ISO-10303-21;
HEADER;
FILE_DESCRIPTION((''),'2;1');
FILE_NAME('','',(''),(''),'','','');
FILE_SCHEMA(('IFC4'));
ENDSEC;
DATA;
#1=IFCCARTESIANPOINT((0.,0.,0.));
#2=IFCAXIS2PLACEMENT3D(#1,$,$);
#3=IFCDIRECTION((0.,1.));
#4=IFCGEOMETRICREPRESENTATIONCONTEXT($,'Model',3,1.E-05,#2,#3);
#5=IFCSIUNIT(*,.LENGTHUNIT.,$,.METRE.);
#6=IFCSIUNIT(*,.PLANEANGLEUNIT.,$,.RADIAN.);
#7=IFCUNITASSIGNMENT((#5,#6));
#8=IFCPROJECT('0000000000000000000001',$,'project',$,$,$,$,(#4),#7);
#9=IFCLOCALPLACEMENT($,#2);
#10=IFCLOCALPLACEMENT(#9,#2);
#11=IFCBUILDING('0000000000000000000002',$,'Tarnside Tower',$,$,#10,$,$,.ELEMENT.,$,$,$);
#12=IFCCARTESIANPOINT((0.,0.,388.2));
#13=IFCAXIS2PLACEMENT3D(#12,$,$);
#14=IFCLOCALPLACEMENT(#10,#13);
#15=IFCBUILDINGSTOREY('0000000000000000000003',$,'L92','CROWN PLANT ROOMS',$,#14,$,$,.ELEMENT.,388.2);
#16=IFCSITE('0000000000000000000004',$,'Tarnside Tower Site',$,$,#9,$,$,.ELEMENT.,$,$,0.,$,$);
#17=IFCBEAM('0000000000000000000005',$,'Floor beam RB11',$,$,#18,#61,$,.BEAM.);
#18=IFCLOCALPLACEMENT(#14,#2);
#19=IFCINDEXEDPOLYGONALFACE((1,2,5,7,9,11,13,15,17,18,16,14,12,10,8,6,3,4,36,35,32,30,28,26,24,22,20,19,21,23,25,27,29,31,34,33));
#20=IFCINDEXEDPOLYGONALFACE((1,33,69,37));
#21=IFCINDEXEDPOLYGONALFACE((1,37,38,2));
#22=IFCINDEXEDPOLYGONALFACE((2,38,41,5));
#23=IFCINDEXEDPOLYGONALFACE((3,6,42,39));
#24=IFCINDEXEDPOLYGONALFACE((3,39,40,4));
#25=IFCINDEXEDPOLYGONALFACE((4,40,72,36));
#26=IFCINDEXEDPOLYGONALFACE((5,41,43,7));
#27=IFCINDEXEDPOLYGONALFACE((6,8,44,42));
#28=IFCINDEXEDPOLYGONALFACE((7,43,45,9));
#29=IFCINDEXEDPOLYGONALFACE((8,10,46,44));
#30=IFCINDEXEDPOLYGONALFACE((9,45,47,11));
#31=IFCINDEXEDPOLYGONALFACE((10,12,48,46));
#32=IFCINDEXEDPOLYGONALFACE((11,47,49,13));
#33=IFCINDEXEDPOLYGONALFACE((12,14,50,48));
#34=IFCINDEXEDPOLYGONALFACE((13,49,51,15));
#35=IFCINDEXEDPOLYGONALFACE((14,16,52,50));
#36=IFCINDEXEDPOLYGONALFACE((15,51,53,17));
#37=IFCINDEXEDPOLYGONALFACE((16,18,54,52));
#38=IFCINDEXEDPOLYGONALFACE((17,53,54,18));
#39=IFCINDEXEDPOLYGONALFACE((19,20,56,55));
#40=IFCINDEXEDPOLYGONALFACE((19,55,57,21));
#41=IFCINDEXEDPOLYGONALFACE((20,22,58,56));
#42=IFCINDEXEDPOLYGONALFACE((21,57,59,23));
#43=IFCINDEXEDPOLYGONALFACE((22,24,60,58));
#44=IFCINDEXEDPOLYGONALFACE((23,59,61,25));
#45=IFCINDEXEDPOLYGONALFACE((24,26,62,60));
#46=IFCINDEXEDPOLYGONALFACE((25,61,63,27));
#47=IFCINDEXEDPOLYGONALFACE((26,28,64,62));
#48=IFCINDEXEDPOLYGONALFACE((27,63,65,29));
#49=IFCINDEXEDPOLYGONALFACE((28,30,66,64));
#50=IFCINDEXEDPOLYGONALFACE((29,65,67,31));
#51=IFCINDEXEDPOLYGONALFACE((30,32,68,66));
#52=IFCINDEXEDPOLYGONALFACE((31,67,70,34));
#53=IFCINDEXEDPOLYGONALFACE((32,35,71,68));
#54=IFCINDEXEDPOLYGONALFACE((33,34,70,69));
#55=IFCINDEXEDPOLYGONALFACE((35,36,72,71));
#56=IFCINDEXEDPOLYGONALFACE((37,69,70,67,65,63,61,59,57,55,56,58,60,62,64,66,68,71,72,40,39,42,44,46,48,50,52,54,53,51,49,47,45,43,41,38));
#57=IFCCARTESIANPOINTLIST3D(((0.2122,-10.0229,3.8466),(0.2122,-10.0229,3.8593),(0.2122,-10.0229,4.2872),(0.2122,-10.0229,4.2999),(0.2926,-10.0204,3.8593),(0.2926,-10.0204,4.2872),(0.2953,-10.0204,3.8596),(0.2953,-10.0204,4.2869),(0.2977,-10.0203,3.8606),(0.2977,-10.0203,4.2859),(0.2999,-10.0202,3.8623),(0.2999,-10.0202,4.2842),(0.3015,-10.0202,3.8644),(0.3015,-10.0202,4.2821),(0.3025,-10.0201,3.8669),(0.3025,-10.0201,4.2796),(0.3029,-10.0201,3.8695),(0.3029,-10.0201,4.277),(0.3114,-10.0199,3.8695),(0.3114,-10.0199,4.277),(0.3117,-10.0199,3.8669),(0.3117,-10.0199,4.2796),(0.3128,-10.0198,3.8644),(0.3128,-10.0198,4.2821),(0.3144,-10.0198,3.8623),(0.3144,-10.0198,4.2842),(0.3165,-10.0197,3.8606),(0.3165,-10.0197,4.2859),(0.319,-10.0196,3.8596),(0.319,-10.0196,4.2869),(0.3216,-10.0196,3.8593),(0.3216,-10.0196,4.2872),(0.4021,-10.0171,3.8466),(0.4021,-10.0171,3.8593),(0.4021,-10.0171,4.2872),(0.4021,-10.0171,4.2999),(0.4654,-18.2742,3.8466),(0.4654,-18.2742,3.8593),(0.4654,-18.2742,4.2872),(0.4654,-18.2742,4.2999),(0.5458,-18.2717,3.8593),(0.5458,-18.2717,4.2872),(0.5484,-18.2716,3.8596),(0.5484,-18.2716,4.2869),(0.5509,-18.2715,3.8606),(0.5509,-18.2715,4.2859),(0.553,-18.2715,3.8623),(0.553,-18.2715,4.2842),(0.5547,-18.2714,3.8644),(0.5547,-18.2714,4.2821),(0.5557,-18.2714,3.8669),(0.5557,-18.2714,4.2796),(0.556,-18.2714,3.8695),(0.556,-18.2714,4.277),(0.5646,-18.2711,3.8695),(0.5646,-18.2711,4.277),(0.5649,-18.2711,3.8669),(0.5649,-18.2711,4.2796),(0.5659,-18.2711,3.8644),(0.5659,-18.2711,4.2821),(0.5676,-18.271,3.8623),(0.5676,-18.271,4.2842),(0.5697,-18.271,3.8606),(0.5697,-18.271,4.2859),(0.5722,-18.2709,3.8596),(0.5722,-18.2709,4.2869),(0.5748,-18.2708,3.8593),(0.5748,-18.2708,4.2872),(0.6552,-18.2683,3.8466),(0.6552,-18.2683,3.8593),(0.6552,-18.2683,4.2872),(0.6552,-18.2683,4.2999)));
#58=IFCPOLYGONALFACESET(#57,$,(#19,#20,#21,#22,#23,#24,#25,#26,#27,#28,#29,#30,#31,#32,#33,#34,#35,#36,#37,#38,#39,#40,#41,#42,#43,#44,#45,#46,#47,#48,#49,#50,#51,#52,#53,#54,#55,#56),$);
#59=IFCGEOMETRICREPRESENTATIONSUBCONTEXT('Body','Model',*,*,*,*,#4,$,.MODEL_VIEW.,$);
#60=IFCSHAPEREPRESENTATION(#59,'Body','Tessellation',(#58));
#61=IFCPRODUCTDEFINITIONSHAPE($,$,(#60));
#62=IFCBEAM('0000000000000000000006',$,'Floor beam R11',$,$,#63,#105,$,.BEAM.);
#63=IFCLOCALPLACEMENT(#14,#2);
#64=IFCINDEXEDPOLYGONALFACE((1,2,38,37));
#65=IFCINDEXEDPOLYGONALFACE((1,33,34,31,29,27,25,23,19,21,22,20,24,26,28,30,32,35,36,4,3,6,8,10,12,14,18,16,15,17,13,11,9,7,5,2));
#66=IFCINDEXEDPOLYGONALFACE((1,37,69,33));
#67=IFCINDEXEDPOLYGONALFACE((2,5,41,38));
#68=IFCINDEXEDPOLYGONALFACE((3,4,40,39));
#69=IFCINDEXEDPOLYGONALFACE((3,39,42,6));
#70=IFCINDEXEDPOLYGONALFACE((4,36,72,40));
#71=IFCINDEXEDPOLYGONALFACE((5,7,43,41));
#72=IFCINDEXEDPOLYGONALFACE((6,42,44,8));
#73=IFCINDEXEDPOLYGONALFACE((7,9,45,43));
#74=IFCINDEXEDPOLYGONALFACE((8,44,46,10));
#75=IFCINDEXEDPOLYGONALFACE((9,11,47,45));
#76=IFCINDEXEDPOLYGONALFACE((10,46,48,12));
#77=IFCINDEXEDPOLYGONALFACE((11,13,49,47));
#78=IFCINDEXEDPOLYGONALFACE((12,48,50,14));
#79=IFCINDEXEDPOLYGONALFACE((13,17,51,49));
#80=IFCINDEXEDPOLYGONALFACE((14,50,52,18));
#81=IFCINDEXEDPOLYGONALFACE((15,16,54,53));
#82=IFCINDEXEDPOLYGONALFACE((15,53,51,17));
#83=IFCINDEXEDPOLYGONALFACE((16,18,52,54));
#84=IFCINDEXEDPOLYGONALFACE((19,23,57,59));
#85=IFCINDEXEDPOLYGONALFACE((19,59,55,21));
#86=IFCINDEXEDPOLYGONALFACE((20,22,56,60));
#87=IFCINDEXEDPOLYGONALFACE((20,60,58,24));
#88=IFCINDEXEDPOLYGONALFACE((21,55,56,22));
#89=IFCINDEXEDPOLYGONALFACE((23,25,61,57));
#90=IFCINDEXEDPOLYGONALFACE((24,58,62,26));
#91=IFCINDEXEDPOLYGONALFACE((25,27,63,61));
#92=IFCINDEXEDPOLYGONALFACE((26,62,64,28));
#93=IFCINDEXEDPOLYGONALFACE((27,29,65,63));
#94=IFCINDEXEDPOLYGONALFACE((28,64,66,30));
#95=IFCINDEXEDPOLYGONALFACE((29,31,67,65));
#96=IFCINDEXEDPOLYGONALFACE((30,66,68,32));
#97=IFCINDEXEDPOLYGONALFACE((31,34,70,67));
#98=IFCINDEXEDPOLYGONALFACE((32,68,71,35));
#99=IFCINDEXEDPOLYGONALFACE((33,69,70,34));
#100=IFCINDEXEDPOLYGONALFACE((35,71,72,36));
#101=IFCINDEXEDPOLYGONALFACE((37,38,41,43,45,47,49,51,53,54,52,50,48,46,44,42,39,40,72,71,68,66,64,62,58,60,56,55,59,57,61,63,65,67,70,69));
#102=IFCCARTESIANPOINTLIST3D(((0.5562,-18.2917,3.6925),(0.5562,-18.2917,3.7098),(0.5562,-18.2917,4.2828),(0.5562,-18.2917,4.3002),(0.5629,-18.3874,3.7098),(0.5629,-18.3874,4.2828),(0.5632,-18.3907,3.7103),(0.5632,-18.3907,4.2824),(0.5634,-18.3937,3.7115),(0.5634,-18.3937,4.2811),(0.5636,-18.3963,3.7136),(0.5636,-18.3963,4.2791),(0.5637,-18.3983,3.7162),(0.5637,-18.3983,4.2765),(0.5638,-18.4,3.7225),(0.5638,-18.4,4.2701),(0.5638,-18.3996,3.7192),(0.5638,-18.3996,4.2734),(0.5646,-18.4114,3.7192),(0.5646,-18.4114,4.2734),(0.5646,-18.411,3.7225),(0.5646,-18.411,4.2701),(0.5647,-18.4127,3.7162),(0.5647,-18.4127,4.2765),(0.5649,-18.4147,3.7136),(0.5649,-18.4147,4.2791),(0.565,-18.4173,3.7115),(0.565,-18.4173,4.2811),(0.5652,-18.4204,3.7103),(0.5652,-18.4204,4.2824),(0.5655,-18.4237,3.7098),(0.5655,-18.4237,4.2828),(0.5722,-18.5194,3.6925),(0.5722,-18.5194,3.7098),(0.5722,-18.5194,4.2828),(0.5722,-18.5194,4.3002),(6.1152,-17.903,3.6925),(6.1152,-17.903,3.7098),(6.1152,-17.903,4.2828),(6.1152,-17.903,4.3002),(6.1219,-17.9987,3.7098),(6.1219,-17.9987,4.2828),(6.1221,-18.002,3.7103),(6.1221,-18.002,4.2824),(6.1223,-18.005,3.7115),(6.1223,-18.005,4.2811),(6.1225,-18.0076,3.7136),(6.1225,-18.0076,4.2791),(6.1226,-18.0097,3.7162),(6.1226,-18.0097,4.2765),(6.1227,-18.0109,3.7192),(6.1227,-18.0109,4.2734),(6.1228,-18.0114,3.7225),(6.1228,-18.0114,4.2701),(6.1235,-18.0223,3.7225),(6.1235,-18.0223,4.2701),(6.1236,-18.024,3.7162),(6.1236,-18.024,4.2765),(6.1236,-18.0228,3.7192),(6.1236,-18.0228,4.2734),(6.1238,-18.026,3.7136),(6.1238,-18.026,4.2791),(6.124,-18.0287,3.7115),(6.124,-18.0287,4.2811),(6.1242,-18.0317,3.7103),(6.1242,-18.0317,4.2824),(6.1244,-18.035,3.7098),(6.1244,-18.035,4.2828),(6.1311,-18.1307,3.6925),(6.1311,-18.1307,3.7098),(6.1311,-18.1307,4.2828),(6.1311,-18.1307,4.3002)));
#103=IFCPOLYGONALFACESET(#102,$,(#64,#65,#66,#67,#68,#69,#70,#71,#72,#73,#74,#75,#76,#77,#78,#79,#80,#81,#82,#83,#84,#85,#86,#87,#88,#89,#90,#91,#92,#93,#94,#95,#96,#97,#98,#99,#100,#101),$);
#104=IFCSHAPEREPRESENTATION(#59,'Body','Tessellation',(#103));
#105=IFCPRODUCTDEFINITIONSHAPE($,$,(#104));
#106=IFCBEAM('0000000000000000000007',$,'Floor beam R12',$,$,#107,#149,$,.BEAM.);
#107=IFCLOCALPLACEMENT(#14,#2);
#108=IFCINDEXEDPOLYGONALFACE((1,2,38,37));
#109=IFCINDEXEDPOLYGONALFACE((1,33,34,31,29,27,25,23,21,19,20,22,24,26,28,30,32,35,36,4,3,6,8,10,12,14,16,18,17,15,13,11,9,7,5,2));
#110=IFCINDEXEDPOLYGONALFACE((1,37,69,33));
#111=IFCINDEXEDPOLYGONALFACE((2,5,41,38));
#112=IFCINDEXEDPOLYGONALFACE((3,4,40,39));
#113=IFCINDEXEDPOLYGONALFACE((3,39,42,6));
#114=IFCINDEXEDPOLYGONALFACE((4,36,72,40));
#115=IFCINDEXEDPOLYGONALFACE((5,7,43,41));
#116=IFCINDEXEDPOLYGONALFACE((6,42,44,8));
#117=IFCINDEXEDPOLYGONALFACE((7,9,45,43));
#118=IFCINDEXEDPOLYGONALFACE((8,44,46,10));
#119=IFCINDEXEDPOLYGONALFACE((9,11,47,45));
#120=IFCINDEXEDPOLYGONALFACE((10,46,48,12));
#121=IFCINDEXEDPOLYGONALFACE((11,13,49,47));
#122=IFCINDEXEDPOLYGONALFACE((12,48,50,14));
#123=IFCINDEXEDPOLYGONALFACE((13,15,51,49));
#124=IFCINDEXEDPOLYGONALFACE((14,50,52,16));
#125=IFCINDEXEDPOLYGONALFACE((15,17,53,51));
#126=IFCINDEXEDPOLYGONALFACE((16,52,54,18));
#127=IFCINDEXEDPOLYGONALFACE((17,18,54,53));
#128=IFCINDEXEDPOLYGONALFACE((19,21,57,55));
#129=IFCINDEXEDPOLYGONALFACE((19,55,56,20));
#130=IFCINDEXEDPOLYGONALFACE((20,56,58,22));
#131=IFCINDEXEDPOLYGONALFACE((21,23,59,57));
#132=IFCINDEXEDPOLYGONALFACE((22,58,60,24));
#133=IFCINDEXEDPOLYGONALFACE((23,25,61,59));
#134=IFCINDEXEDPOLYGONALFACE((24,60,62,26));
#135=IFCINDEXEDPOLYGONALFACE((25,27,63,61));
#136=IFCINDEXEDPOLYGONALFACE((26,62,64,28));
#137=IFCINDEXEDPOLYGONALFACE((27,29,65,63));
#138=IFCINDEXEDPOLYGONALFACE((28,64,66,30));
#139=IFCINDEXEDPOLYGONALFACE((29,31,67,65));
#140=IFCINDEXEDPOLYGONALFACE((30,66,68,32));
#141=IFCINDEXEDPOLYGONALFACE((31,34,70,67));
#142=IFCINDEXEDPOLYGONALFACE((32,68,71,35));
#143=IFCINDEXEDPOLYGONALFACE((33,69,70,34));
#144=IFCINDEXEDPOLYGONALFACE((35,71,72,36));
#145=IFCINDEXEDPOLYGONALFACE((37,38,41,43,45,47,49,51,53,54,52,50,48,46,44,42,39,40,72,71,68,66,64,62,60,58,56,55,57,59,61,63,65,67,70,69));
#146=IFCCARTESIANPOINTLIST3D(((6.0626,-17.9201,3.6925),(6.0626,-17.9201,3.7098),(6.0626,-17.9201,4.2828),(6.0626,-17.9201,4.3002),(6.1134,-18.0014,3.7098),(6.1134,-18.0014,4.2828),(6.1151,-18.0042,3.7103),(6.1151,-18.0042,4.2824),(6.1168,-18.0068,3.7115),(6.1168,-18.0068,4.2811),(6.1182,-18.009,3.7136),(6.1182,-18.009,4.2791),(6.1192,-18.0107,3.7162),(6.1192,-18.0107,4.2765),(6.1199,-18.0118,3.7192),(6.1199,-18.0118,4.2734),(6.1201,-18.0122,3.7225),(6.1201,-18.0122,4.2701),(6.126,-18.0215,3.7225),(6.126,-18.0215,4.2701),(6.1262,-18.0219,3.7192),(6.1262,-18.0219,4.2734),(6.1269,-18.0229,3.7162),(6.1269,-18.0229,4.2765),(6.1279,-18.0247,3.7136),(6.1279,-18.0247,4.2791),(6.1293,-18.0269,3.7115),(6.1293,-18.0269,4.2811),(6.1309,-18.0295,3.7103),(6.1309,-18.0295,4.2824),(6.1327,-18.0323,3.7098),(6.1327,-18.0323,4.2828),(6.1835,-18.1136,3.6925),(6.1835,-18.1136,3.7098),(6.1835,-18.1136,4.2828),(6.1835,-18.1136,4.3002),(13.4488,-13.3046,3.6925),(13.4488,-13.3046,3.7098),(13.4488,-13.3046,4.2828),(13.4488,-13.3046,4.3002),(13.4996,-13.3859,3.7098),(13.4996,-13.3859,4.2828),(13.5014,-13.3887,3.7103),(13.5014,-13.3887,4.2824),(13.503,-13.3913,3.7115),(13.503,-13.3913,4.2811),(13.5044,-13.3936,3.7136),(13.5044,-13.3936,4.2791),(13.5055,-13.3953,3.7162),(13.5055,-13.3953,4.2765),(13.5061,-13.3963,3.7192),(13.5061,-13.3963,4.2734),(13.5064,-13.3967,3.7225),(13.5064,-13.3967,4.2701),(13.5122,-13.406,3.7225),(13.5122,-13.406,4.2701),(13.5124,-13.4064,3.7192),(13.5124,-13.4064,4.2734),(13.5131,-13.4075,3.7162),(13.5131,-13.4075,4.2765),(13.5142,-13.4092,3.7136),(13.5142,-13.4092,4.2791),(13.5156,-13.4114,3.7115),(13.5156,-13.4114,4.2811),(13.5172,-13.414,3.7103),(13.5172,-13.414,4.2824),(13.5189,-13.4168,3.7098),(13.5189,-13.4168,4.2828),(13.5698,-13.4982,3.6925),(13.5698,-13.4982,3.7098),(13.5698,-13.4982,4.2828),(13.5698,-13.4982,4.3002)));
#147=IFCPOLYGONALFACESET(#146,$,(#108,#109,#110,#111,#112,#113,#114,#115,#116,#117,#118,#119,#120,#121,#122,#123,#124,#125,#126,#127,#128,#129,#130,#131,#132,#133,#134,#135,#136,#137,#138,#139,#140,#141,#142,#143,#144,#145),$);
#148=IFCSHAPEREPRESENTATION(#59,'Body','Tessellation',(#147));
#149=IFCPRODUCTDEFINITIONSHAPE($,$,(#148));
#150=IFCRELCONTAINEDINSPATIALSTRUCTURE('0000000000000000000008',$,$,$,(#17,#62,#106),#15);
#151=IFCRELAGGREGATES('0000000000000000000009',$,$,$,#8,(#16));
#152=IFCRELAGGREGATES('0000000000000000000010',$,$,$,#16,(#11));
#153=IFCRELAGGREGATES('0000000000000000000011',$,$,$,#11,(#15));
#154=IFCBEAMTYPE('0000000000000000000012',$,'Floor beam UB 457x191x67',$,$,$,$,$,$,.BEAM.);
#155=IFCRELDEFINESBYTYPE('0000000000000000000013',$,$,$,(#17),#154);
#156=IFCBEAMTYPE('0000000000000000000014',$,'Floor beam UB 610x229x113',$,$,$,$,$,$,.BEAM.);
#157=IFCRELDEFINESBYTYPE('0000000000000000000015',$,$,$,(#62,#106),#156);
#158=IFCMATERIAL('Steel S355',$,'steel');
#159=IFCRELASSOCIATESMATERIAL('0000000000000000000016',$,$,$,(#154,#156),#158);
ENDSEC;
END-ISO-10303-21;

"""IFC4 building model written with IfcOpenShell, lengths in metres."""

from ifc_helpers import new_model, si_unit, direction, frame, origin, origin_2d, place, context, subcontext, project, spatial, i_section, extrude, material, material_profile, profile_set, type_object, element, save


model = new_model("IFC4")

# Units and contexts
model_context = context("Model", 3, precision=1e-05, world=origin(), true_north=direction((0.0, 1.0)))
body_context = subcontext(model_context, "Body", "Model", "MODEL_VIEW")
ifc_project = project(units=[si_unit("LENGTHUNIT", "METRE"), si_unit("PLANEANGLEUNIT", "RADIAN")], contexts=[model_context])

# Site, building, storey
site_placement = place(None, origin())
site = spatial("IfcSite", under=ifc_project, at=site_placement, Name="Tarnside Tower Site", CompositionType="ELEMENT", RefElevation=0.0)
building_placement = place(site_placement, origin())
building = spatial("IfcBuilding", under=site, at=building_placement, Name="Tarnside Tower", CompositionType="ELEMENT")
storey_placement = place(building_placement, frame((0.0, 0.0, 388.2)))
storey = spatial("IfcBuildingStorey", under=building, at=storey_placement, Name="L92", Description="CROWN PLANT ROOMS", CompositionType="ELEMENT", Elevation=388.2)

# Beams
ifc_material_1 = material(Name="Steel S355", Category="steel")
ifc_material_profile_1 = material_profile(ifc_material_1, i_section(OverallWidth=0.1899, OverallDepth=0.4534, WebThickness=0.0085, FlangeThickness=0.0127, FilletRadius=0.0103, at=origin_2d()), Name="UB 457x191x67")
ifc_profile_set_1 = profile_set([ifc_material_profile_1], Name="Steel S355")
beam_type_1 = type_object("IfcBeamType", Name="Floor beam UB 457x191x67", PredefinedType="BEAM", material=ifc_profile_set_1)
beam_1_placement = place(storey_placement, frame((0.5603, -18.2712, 4.0732), z_axis=(-0.030669, 0.99953, 0.0), x_axis=(-0.99953, -0.030669, 0.0)))
element("IfcBeam", 1, at=beam_1_placement, inside=storey, type_object=beam_type_1, Name="Floor beam RB11", PredefinedType="BEAM", context=body_context, shape_type="SweptSolid", body=[
    extrude(i_section(OverallWidth=0.1899, OverallDepth=0.4534, WebThickness=0.0085, FlangeThickness=0.0127, FilletRadius=0.0103, at=origin_2d()), origin(), (0.0, 0.0, 1.0), 8.2551),
])
ifc_material_profile_2 = material_profile(ifc_material_1, i_section(OverallWidth=0.2283, OverallDepth=0.6077, WebThickness=0.011, FlangeThickness=0.0173, FilletRadius=0.0127, at=origin_2d()), Name="UB 610x229x113")
ifc_profile_set_2 = profile_set([ifc_material_profile_2], Name="Steel S355")
beam_type_2 = type_object("IfcBeamType", Name="Floor beam UB 610x229x113", PredefinedType="BEAM", material=ifc_profile_set_2)
beam_2_placement = place(storey_placement, frame((0.5642, -18.4055, 3.9963), z_axis=(0.997565, 0.069749, 0.0), x_axis=(-0.069749, 0.997565, 0.0)))
element("IfcBeam", 2, at=beam_2_placement, inside=storey, type_object=beam_type_2, Name="Floor beam R11", PredefinedType="BEAM", context=body_context, shape_type="SweptSolid", body=[
    extrude(i_section(OverallWidth=0.2283, OverallDepth=0.6077, WebThickness=0.011, FlangeThickness=0.0173, FilletRadius=0.0127, at=origin_2d()), origin(), (0.0, 0.0, 1.0), 5.5725),
])
beam_3_placement = place(storey_placement, frame((6.123, -18.0168, 3.9963), z_axis=(0.848046, 0.529923, 0.0), x_axis=(-0.529923, 0.848046, 0.0)))
element("IfcBeam", 3, at=beam_3_placement, inside=storey, type_object=beam_type_2, Name="Floor beam R12", PredefinedType="BEAM", context=body_context, shape_type="SweptSolid", body=[
    extrude(i_section(OverallWidth=0.2283, OverallDepth=0.6077, WebThickness=0.011, FlangeThickness=0.0173, FilletRadius=0.0127, at=origin_2d()), origin(), (0.0, 0.0, 1.0), 8.7097),
])

save(model, "model.ifc")
